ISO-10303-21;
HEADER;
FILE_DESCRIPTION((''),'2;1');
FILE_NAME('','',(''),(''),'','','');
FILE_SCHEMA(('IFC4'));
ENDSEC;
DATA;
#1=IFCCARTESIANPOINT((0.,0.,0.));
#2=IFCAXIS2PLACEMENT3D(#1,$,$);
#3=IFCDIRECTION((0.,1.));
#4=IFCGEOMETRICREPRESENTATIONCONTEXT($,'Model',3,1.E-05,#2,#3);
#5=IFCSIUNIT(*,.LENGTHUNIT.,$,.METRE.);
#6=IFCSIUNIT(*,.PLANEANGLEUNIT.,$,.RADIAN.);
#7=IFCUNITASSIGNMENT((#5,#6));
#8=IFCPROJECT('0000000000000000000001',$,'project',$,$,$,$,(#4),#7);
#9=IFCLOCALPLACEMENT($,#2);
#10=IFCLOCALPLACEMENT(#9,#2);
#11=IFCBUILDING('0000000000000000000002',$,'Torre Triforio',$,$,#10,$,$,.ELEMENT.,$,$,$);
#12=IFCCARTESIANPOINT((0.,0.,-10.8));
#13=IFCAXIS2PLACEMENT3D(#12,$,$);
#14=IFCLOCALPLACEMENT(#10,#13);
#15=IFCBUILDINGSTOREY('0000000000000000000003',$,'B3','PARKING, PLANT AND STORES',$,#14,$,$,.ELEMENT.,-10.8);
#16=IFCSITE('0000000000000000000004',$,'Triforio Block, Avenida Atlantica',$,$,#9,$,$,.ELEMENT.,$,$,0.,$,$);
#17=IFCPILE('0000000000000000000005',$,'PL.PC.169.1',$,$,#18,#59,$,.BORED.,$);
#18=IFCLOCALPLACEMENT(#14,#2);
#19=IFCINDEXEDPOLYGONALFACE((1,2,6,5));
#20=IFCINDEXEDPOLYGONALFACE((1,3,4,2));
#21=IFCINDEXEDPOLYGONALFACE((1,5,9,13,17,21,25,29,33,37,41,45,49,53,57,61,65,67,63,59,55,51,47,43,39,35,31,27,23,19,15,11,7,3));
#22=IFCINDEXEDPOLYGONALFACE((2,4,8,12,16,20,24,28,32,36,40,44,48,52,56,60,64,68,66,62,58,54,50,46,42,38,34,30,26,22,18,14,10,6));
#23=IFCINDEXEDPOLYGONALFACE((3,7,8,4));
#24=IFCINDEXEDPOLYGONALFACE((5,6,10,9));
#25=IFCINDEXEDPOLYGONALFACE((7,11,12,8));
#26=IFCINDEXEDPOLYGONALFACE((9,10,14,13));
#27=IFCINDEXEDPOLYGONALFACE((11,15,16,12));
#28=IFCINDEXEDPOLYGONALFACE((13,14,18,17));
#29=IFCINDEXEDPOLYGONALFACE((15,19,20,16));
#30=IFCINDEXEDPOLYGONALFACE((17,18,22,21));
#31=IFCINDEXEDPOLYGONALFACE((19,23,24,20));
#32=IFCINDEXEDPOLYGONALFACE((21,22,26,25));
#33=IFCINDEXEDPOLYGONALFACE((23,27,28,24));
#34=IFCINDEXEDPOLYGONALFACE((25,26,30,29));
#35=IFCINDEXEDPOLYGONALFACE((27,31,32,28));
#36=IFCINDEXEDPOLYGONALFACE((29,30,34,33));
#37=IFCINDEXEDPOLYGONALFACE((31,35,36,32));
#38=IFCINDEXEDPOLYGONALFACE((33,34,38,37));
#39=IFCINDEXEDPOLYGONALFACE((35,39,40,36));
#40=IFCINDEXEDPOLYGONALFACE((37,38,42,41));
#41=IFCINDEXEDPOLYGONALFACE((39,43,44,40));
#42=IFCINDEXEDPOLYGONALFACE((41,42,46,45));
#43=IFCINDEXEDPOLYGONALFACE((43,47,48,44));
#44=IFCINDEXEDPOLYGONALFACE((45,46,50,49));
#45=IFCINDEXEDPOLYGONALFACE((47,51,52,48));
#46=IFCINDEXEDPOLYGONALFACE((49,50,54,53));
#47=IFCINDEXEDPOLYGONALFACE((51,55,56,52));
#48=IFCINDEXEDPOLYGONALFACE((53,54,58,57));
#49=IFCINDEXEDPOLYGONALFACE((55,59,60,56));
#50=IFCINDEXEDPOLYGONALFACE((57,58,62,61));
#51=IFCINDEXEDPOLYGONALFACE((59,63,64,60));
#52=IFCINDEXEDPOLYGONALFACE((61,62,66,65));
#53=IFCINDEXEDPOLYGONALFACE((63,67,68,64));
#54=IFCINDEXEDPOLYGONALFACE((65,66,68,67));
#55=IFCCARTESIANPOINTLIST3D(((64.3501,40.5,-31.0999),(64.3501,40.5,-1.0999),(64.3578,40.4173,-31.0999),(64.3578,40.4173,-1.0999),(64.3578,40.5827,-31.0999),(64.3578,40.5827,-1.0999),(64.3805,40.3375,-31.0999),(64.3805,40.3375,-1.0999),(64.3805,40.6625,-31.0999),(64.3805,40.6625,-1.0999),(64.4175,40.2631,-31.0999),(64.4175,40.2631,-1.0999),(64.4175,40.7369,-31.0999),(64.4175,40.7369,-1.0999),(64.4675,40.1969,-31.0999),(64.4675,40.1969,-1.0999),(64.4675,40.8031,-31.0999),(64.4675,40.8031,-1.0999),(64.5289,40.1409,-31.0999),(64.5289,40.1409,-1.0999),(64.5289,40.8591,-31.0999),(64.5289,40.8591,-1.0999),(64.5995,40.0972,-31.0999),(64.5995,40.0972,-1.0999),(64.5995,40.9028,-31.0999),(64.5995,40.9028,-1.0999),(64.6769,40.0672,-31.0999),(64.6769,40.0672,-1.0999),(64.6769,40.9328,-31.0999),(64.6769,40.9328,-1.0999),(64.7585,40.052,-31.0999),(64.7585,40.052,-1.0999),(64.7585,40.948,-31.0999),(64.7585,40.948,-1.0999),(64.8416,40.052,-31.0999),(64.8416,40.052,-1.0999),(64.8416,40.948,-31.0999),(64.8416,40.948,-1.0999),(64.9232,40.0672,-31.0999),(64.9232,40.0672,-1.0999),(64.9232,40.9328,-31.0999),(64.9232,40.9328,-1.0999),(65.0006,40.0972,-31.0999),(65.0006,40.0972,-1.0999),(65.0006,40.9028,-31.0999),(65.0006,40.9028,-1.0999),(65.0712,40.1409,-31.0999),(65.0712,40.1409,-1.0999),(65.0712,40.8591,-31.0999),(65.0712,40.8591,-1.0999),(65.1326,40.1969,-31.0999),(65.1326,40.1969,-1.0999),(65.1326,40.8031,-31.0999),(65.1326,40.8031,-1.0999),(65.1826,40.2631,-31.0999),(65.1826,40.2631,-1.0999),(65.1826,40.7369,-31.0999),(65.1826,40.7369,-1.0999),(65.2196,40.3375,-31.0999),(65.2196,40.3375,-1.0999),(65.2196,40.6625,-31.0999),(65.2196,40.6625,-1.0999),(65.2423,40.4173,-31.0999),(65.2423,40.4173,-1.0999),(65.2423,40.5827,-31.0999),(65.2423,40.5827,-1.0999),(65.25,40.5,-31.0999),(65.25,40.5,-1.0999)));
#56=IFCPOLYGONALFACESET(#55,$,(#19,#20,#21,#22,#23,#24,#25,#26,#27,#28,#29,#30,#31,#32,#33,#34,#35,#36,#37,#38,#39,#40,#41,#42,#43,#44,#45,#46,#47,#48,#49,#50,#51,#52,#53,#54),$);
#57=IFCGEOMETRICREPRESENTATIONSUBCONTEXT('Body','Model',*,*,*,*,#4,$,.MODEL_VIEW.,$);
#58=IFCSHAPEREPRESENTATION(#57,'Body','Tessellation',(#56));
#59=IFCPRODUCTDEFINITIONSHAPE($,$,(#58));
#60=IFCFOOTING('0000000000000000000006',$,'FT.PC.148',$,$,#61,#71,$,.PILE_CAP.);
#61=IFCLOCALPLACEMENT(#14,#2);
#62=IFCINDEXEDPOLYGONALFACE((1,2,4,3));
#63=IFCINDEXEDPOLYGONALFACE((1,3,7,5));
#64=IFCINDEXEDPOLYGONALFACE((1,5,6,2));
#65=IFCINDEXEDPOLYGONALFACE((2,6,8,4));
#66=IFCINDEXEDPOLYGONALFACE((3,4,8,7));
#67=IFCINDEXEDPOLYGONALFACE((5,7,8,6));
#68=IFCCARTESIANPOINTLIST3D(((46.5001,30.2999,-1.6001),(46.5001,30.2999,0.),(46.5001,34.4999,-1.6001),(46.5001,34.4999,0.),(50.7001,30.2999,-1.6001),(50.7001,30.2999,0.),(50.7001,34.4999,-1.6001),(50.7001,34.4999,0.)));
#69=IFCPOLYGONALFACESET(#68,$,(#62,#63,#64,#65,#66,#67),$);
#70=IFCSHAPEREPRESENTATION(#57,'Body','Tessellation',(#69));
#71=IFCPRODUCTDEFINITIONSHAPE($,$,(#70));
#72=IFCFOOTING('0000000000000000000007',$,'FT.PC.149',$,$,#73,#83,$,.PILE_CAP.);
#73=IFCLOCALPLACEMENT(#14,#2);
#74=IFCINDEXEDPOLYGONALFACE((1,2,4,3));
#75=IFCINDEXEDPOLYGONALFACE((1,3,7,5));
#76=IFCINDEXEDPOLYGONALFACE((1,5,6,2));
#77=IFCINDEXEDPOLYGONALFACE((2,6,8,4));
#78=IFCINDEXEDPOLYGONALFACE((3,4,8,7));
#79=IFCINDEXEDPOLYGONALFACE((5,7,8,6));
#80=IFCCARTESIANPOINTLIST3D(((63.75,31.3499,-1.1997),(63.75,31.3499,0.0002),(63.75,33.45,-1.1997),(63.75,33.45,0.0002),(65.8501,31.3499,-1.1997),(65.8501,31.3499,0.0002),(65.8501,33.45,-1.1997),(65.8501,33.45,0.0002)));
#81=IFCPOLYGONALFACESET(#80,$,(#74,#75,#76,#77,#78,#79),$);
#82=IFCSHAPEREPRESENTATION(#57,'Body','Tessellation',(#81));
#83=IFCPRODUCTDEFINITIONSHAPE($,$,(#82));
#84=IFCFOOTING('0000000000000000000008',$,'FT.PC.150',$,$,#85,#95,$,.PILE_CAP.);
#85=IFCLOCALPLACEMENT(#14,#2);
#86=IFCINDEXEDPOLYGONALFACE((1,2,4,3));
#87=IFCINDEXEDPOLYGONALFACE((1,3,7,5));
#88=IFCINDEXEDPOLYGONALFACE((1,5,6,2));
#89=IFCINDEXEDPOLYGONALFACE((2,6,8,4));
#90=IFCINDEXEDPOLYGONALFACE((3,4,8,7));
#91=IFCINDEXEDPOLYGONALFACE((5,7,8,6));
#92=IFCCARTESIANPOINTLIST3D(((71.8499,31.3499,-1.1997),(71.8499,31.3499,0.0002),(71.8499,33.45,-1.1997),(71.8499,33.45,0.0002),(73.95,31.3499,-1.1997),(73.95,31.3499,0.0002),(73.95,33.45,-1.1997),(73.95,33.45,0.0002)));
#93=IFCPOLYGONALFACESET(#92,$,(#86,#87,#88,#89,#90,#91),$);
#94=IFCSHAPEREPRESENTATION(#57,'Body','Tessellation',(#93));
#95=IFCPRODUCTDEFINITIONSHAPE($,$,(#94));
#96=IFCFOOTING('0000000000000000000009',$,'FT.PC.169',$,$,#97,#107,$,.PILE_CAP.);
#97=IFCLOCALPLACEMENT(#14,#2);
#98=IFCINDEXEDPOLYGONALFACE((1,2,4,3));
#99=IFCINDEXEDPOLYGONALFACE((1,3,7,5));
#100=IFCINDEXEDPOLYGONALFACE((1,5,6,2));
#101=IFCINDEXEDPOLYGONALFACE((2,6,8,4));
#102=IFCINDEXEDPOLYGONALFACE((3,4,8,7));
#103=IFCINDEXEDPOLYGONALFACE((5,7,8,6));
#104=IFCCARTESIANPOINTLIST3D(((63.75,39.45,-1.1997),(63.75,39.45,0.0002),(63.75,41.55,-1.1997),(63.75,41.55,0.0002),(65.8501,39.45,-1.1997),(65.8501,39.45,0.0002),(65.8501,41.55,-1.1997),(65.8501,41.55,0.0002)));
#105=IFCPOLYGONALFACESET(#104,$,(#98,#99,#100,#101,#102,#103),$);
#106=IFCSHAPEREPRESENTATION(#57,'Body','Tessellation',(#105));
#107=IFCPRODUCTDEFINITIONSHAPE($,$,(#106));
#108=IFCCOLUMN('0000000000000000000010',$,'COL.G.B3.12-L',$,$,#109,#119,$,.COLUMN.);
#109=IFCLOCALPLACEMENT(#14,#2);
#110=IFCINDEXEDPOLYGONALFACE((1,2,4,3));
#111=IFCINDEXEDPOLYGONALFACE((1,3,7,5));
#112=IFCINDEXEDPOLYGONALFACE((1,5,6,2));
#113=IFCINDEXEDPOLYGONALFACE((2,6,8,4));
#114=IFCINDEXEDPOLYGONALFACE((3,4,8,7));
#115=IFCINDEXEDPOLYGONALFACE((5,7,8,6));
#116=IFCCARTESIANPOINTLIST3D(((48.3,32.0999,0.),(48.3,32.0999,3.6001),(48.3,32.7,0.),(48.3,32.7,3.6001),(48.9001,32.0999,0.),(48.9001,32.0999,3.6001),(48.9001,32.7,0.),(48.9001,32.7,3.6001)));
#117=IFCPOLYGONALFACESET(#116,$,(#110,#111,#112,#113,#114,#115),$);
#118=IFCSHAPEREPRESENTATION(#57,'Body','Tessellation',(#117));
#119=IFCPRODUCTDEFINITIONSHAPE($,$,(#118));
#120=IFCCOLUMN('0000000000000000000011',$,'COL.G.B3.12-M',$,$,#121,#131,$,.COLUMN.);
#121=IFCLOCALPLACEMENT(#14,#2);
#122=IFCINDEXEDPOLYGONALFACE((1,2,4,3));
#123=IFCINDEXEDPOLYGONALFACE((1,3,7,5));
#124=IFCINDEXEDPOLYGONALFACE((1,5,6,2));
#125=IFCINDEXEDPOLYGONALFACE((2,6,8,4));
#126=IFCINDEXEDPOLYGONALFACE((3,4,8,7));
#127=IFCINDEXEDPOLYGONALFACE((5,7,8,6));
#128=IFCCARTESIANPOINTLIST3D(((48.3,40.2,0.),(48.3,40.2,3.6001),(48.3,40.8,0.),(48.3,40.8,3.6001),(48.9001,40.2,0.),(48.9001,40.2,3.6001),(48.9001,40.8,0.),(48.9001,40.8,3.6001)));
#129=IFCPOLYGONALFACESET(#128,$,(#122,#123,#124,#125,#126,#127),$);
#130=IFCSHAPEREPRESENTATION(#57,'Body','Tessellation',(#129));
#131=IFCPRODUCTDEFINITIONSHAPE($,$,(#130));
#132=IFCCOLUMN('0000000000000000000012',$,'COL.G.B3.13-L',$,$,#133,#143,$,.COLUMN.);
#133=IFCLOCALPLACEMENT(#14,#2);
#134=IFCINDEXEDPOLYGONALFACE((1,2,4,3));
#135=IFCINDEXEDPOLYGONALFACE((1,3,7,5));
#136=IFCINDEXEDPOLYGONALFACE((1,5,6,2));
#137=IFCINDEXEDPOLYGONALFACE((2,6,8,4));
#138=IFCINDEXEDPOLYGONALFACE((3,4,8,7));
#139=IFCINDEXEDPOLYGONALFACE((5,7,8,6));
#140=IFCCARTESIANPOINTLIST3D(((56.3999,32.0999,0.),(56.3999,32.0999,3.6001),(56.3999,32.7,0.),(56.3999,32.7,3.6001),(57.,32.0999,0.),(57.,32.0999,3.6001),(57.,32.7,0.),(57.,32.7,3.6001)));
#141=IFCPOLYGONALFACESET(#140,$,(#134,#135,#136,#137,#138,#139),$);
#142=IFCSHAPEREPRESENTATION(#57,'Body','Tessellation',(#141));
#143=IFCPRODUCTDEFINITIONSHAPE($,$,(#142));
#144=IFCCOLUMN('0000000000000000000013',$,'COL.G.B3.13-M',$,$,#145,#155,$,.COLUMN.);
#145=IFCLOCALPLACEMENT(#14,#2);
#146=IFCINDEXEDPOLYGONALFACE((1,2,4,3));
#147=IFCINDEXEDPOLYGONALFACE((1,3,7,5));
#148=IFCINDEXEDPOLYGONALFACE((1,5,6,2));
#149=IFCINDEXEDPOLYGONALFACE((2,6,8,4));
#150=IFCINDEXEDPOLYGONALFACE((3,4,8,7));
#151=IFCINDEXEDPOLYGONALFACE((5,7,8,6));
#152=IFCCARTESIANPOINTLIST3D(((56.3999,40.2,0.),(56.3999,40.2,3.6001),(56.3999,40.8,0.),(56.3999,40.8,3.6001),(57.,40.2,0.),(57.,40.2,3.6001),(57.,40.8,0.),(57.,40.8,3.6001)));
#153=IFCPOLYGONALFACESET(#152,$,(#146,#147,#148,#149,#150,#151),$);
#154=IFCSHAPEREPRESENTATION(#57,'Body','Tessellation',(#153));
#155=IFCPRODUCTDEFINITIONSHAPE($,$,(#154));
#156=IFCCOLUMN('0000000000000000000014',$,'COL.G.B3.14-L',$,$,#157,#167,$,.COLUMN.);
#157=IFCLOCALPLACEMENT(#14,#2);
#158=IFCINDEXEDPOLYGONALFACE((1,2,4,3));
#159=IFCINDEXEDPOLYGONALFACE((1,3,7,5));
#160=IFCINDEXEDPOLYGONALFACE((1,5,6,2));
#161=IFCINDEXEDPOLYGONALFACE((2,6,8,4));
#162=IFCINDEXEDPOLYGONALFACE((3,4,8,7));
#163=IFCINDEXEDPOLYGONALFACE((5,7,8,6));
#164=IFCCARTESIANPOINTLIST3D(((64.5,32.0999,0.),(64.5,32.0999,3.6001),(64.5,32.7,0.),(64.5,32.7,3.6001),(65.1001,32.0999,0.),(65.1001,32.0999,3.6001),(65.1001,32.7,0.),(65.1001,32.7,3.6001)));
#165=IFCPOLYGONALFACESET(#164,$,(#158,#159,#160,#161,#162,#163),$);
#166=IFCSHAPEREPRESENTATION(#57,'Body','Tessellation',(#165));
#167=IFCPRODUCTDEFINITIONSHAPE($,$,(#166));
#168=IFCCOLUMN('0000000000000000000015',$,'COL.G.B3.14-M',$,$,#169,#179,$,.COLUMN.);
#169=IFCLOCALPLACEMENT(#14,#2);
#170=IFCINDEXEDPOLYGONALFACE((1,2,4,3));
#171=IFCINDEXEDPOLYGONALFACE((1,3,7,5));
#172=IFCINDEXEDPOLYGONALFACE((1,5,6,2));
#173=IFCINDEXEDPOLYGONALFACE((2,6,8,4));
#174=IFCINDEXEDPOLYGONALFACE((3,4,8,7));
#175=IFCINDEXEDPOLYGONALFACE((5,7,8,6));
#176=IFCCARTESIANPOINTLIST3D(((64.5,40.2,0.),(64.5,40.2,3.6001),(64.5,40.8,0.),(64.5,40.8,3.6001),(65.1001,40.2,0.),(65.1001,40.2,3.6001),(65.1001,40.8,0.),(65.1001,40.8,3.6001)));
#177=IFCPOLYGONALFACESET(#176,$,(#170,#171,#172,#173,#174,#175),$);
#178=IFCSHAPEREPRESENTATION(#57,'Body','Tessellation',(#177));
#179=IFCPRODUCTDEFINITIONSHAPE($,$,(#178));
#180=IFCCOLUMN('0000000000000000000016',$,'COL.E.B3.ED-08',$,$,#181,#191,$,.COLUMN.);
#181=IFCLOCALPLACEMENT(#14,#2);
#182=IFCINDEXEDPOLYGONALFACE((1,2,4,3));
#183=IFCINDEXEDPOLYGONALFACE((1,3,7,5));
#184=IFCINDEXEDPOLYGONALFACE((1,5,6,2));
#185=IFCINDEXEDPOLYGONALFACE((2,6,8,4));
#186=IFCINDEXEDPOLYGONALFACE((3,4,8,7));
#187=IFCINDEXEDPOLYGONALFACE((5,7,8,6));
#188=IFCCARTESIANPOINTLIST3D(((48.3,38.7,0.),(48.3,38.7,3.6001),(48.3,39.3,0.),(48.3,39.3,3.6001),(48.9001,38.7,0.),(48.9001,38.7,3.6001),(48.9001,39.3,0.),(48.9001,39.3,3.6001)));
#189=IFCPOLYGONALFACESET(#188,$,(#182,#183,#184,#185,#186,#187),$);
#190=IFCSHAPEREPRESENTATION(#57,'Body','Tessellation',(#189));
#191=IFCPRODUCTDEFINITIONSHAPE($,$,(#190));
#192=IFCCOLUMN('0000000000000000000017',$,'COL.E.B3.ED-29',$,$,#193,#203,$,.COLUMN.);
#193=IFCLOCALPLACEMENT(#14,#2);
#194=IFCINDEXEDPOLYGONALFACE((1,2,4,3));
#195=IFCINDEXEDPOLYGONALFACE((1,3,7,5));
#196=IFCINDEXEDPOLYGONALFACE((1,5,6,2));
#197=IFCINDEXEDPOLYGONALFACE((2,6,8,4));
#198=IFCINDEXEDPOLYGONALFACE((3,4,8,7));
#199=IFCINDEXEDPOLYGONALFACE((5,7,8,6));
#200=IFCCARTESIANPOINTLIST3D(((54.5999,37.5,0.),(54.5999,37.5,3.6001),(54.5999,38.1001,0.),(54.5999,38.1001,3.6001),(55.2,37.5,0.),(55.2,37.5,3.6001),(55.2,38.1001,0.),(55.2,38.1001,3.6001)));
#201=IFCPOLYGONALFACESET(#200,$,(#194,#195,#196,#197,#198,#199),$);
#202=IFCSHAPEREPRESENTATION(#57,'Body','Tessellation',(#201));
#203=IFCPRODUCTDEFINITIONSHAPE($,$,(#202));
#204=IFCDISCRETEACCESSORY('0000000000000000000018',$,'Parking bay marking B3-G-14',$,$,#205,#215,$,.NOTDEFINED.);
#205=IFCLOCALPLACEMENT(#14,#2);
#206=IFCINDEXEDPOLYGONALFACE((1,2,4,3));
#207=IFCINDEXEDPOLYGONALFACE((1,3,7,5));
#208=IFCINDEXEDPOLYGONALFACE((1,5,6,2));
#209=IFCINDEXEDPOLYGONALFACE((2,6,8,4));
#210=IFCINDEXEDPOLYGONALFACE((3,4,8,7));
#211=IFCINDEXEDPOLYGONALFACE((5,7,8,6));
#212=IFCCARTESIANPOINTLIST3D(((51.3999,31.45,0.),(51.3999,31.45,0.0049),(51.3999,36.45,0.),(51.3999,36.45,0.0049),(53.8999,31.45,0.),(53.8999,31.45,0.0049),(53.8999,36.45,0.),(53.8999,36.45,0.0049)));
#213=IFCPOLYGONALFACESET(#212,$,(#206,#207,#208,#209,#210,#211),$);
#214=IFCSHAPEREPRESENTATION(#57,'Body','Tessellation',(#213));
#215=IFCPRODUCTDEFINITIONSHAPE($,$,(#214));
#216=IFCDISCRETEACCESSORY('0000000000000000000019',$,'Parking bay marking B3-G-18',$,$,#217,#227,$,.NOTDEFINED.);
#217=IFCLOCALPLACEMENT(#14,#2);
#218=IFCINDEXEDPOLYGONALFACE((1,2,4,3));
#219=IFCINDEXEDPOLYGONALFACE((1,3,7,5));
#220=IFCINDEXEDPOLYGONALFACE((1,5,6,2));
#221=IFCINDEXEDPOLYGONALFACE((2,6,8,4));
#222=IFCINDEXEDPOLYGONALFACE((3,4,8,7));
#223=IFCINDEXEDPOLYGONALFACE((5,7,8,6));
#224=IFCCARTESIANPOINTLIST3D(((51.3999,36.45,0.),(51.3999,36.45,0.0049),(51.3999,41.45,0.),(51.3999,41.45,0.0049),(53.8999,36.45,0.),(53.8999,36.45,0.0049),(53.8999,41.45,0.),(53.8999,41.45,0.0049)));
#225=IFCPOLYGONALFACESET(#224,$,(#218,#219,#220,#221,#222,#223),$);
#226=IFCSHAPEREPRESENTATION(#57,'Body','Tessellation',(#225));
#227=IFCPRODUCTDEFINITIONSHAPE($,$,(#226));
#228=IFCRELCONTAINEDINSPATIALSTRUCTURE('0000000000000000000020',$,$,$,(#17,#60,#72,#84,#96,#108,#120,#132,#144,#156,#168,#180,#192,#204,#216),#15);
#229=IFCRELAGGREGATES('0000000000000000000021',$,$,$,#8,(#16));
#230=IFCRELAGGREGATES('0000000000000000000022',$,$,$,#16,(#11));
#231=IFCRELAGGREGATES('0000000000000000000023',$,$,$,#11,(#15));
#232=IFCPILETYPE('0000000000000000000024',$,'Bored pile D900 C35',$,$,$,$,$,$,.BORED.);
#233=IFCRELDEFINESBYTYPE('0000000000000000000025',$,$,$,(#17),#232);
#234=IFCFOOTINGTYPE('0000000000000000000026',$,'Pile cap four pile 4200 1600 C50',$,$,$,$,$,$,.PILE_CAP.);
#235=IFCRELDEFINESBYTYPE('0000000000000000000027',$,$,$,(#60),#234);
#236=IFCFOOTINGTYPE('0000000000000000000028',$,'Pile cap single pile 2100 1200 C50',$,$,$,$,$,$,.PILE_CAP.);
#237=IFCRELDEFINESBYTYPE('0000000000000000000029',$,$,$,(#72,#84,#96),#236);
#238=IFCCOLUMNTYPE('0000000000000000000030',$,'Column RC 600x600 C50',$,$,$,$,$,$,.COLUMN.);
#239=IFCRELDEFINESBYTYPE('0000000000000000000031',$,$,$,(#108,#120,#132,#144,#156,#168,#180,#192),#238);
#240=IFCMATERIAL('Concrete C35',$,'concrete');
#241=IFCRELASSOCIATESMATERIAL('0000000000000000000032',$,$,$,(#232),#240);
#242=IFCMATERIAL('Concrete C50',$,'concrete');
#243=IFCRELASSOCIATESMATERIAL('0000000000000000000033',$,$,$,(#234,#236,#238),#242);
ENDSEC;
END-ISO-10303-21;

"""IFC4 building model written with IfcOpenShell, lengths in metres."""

from ifc_helpers import new_model, si_unit, direction, frame, origin, origin_2d, place, context, subcontext, project, spatial, rectangle, circle, extrude, material, material_profile, profile_set, type_object, element, save


model = new_model("IFC4")

# Units and contexts
model_context = context("Model", 3, precision=1e-05, world=origin(), true_north=direction((0.0, 1.0)))
body_context = subcontext(model_context, "Body", "Model", "MODEL_VIEW")
ifc_project = project(units=[si_unit("LENGTHUNIT", "METRE"), si_unit("PLANEANGLEUNIT", "RADIAN")], contexts=[model_context])

# Site, building, storey
site_placement = place(None, origin())
site = spatial("IfcSite", under=ifc_project, at=site_placement, Name="Triforio Block, Avenida Atlantica", CompositionType="ELEMENT", RefElevation=0.0)
building_placement = place(site_placement, origin())
building = spatial("IfcBuilding", under=site, at=building_placement, Name="Torre Triforio", CompositionType="ELEMENT")
storey_placement = place(building_placement, frame((0.0, 0.0, -10.8)))
storey = spatial("IfcBuildingStorey", under=building, at=storey_placement, Name="B3", Description="PARKING, PLANT AND STORES", CompositionType="ELEMENT", Elevation=-10.8)

# Pile
ifc_material_1 = material(Name="Concrete C35", Category="concrete")
ifc_material_profile_1 = material_profile(ifc_material_1, circle(Radius=0.45, at=origin_2d()), Name="RC D900")
ifc_profile_set_1 = profile_set([ifc_material_profile_1], Name="Concrete C35")
pile_type = type_object("IfcPileType", Name="Bored pile D900 C35", PredefinedType="BORED", material=ifc_profile_set_1)
for number, where, z_axis, x_axis, name in (
    (1, (64.8, 40.5, -1.0999), (0.0, 0.0, -1.0), (1.0, 0.0, 0.0), "PL.PC.169.1"),
):
    element("IfcPile", number, at=place(storey_placement, frame(where, z_axis=z_axis, x_axis=x_axis)), inside=storey, type_object=pile_type, Name=name, PredefinedType="BORED", context=body_context, shape_type="SweptSolid", body=[
        extrude(circle(Radius=0.45, at=origin_2d()), origin(), (0.0, 0.0, 1.0), 30.0),
    ])

# Footings
ifc_material_2 = material(Name="Concrete C50", Category="concrete")
footing_type_1 = type_object("IfcFootingType", Name="Pile cap four pile 4200 1600 C50", PredefinedType="PILE_CAP", material=ifc_material_2)
footing_placement = place(storey_placement, frame((48.6001, 32.3999, -1.6001), z_axis=(0.0, 0.0, 1.0), x_axis=(1.0, 0.0, 0.0)))
element("IfcFooting", 2, at=footing_placement, inside=storey, type_object=footing_type_1, Name="FT.PC.148", PredefinedType="PILE_CAP", context=body_context, shape_type="SweptSolid", body=[
    extrude(rectangle(XDim=4.2, YDim=4.2, at=origin_2d()), origin(), (0.0, 0.0, 1.0), 1.6001),
])
footing_type_2 = type_object("IfcFootingType", Name="Pile cap single pile 2100 1200 C50", PredefinedType="PILE_CAP", material=ifc_material_2)
for number, where, z_axis, x_axis, name in (
    (3, (64.8, 32.3999, -1.1997), (0.0, 0.0, 1.0), (1.0, 0.0, 0.0), "FT.PC.149"),
    (4, (72.8999, 32.3999, -1.1997), (0.0, 0.0, 1.0), (1.0, 0.0, 0.0), "FT.PC.150"),
    (5, (64.8, 40.5, -1.1997), (0.0, 0.0, 1.0), (1.0, 0.0, 0.0), "FT.PC.169"),
):
    element("IfcFooting", number, at=place(storey_placement, frame(where, z_axis=z_axis, x_axis=x_axis)), inside=storey, type_object=footing_type_2, Name=name, PredefinedType="PILE_CAP", context=body_context, shape_type="SweptSolid", body=[
        extrude(rectangle(XDim=2.1001, YDim=2.1001, at=origin_2d()), origin(), (0.0, 0.0, 1.0), 1.2),
    ])

# Columns
ifc_material_profile_2 = material_profile(ifc_material_2, rectangle(XDim=0.6001, YDim=0.6001, at=origin_2d()), Name="RC 600x600")
ifc_profile_set_2 = profile_set([ifc_material_profile_2], Name="Concrete C50")
column_type = type_object("IfcColumnType", Name="Column RC 600x600 C50", PredefinedType="COLUMN", material=ifc_profile_set_2)
for number, where, z_axis, x_axis, name in (
    (6, (48.6001, 32.3999, 0.0), (0.0, 0.0, 1.0), (1.0, 0.0, 0.0), "COL.G.B3.12-L"),
    (7, (48.6001, 40.5, 0.0), (0.0, 0.0, 1.0), (1.0, 0.0, 0.0), "COL.G.B3.12-M"),
    (8, (56.7, 32.3999, 0.0), (0.0, 0.0, 1.0), (1.0, 0.0, 0.0), "COL.G.B3.13-L"),
    (9, (56.7, 40.5, 0.0), (0.0, 0.0, 1.0), (1.0, 0.0, 0.0), "COL.G.B3.13-M"),
    (10, (64.8, 32.3999, 0.0), (0.0, 0.0, 1.0), (1.0, 0.0, 0.0), "COL.G.B3.14-L"),
    (11, (64.8, 40.5, 0.0), (0.0, 0.0, 1.0), (1.0, 0.0, 0.0), "COL.G.B3.14-M"),
    (12, (48.6001, 39.0, 0.0), (0.0, 0.0, 1.0), (1.0, 0.0, 0.0), "COL.E.B3.ED-08"),
    (13, (54.8999, 37.8, 0.0), (0.0, 0.0, 1.0), (1.0, 0.0, 0.0), "COL.E.B3.ED-29"),
):
    element("IfcColumn", number, at=place(storey_placement, frame(where, z_axis=z_axis, x_axis=x_axis)), inside=storey, type_object=column_type, Name=name, PredefinedType="COLUMN", context=body_context, shape_type="SweptSolid", body=[
        extrude(rectangle(XDim=0.6001, YDim=0.6001, at=origin_2d()), origin(), (0.0, 0.0, 1.0), 3.6001),
    ])

# Discrete accessories
for number, where, z_axis, x_axis, name in (
    (14, (52.6499, 33.95, 0.0), (0.0, 0.0, 1.0), (1.0, 0.0, 0.0), "Parking bay marking B3-G-14"),
    (15, (52.6499, 38.95, 0.0), (0.0, 0.0, 1.0), (1.0, 0.0, 0.0), "Parking bay marking B3-G-18"),
):
    element("IfcDiscreteAccessory", number, at=place(storey_placement, frame(where, z_axis=z_axis, x_axis=x_axis)), inside=storey, Name=name, PredefinedType="NOTDEFINED", context=body_context, shape_type="SweptSolid", body=[
        extrude(rectangle(XDim=2.5, YDim=5.0, at=origin_2d()), origin(), (0.0, 0.0, 1.0), 0.0049),
    ])

save(model, "model.ifc")
